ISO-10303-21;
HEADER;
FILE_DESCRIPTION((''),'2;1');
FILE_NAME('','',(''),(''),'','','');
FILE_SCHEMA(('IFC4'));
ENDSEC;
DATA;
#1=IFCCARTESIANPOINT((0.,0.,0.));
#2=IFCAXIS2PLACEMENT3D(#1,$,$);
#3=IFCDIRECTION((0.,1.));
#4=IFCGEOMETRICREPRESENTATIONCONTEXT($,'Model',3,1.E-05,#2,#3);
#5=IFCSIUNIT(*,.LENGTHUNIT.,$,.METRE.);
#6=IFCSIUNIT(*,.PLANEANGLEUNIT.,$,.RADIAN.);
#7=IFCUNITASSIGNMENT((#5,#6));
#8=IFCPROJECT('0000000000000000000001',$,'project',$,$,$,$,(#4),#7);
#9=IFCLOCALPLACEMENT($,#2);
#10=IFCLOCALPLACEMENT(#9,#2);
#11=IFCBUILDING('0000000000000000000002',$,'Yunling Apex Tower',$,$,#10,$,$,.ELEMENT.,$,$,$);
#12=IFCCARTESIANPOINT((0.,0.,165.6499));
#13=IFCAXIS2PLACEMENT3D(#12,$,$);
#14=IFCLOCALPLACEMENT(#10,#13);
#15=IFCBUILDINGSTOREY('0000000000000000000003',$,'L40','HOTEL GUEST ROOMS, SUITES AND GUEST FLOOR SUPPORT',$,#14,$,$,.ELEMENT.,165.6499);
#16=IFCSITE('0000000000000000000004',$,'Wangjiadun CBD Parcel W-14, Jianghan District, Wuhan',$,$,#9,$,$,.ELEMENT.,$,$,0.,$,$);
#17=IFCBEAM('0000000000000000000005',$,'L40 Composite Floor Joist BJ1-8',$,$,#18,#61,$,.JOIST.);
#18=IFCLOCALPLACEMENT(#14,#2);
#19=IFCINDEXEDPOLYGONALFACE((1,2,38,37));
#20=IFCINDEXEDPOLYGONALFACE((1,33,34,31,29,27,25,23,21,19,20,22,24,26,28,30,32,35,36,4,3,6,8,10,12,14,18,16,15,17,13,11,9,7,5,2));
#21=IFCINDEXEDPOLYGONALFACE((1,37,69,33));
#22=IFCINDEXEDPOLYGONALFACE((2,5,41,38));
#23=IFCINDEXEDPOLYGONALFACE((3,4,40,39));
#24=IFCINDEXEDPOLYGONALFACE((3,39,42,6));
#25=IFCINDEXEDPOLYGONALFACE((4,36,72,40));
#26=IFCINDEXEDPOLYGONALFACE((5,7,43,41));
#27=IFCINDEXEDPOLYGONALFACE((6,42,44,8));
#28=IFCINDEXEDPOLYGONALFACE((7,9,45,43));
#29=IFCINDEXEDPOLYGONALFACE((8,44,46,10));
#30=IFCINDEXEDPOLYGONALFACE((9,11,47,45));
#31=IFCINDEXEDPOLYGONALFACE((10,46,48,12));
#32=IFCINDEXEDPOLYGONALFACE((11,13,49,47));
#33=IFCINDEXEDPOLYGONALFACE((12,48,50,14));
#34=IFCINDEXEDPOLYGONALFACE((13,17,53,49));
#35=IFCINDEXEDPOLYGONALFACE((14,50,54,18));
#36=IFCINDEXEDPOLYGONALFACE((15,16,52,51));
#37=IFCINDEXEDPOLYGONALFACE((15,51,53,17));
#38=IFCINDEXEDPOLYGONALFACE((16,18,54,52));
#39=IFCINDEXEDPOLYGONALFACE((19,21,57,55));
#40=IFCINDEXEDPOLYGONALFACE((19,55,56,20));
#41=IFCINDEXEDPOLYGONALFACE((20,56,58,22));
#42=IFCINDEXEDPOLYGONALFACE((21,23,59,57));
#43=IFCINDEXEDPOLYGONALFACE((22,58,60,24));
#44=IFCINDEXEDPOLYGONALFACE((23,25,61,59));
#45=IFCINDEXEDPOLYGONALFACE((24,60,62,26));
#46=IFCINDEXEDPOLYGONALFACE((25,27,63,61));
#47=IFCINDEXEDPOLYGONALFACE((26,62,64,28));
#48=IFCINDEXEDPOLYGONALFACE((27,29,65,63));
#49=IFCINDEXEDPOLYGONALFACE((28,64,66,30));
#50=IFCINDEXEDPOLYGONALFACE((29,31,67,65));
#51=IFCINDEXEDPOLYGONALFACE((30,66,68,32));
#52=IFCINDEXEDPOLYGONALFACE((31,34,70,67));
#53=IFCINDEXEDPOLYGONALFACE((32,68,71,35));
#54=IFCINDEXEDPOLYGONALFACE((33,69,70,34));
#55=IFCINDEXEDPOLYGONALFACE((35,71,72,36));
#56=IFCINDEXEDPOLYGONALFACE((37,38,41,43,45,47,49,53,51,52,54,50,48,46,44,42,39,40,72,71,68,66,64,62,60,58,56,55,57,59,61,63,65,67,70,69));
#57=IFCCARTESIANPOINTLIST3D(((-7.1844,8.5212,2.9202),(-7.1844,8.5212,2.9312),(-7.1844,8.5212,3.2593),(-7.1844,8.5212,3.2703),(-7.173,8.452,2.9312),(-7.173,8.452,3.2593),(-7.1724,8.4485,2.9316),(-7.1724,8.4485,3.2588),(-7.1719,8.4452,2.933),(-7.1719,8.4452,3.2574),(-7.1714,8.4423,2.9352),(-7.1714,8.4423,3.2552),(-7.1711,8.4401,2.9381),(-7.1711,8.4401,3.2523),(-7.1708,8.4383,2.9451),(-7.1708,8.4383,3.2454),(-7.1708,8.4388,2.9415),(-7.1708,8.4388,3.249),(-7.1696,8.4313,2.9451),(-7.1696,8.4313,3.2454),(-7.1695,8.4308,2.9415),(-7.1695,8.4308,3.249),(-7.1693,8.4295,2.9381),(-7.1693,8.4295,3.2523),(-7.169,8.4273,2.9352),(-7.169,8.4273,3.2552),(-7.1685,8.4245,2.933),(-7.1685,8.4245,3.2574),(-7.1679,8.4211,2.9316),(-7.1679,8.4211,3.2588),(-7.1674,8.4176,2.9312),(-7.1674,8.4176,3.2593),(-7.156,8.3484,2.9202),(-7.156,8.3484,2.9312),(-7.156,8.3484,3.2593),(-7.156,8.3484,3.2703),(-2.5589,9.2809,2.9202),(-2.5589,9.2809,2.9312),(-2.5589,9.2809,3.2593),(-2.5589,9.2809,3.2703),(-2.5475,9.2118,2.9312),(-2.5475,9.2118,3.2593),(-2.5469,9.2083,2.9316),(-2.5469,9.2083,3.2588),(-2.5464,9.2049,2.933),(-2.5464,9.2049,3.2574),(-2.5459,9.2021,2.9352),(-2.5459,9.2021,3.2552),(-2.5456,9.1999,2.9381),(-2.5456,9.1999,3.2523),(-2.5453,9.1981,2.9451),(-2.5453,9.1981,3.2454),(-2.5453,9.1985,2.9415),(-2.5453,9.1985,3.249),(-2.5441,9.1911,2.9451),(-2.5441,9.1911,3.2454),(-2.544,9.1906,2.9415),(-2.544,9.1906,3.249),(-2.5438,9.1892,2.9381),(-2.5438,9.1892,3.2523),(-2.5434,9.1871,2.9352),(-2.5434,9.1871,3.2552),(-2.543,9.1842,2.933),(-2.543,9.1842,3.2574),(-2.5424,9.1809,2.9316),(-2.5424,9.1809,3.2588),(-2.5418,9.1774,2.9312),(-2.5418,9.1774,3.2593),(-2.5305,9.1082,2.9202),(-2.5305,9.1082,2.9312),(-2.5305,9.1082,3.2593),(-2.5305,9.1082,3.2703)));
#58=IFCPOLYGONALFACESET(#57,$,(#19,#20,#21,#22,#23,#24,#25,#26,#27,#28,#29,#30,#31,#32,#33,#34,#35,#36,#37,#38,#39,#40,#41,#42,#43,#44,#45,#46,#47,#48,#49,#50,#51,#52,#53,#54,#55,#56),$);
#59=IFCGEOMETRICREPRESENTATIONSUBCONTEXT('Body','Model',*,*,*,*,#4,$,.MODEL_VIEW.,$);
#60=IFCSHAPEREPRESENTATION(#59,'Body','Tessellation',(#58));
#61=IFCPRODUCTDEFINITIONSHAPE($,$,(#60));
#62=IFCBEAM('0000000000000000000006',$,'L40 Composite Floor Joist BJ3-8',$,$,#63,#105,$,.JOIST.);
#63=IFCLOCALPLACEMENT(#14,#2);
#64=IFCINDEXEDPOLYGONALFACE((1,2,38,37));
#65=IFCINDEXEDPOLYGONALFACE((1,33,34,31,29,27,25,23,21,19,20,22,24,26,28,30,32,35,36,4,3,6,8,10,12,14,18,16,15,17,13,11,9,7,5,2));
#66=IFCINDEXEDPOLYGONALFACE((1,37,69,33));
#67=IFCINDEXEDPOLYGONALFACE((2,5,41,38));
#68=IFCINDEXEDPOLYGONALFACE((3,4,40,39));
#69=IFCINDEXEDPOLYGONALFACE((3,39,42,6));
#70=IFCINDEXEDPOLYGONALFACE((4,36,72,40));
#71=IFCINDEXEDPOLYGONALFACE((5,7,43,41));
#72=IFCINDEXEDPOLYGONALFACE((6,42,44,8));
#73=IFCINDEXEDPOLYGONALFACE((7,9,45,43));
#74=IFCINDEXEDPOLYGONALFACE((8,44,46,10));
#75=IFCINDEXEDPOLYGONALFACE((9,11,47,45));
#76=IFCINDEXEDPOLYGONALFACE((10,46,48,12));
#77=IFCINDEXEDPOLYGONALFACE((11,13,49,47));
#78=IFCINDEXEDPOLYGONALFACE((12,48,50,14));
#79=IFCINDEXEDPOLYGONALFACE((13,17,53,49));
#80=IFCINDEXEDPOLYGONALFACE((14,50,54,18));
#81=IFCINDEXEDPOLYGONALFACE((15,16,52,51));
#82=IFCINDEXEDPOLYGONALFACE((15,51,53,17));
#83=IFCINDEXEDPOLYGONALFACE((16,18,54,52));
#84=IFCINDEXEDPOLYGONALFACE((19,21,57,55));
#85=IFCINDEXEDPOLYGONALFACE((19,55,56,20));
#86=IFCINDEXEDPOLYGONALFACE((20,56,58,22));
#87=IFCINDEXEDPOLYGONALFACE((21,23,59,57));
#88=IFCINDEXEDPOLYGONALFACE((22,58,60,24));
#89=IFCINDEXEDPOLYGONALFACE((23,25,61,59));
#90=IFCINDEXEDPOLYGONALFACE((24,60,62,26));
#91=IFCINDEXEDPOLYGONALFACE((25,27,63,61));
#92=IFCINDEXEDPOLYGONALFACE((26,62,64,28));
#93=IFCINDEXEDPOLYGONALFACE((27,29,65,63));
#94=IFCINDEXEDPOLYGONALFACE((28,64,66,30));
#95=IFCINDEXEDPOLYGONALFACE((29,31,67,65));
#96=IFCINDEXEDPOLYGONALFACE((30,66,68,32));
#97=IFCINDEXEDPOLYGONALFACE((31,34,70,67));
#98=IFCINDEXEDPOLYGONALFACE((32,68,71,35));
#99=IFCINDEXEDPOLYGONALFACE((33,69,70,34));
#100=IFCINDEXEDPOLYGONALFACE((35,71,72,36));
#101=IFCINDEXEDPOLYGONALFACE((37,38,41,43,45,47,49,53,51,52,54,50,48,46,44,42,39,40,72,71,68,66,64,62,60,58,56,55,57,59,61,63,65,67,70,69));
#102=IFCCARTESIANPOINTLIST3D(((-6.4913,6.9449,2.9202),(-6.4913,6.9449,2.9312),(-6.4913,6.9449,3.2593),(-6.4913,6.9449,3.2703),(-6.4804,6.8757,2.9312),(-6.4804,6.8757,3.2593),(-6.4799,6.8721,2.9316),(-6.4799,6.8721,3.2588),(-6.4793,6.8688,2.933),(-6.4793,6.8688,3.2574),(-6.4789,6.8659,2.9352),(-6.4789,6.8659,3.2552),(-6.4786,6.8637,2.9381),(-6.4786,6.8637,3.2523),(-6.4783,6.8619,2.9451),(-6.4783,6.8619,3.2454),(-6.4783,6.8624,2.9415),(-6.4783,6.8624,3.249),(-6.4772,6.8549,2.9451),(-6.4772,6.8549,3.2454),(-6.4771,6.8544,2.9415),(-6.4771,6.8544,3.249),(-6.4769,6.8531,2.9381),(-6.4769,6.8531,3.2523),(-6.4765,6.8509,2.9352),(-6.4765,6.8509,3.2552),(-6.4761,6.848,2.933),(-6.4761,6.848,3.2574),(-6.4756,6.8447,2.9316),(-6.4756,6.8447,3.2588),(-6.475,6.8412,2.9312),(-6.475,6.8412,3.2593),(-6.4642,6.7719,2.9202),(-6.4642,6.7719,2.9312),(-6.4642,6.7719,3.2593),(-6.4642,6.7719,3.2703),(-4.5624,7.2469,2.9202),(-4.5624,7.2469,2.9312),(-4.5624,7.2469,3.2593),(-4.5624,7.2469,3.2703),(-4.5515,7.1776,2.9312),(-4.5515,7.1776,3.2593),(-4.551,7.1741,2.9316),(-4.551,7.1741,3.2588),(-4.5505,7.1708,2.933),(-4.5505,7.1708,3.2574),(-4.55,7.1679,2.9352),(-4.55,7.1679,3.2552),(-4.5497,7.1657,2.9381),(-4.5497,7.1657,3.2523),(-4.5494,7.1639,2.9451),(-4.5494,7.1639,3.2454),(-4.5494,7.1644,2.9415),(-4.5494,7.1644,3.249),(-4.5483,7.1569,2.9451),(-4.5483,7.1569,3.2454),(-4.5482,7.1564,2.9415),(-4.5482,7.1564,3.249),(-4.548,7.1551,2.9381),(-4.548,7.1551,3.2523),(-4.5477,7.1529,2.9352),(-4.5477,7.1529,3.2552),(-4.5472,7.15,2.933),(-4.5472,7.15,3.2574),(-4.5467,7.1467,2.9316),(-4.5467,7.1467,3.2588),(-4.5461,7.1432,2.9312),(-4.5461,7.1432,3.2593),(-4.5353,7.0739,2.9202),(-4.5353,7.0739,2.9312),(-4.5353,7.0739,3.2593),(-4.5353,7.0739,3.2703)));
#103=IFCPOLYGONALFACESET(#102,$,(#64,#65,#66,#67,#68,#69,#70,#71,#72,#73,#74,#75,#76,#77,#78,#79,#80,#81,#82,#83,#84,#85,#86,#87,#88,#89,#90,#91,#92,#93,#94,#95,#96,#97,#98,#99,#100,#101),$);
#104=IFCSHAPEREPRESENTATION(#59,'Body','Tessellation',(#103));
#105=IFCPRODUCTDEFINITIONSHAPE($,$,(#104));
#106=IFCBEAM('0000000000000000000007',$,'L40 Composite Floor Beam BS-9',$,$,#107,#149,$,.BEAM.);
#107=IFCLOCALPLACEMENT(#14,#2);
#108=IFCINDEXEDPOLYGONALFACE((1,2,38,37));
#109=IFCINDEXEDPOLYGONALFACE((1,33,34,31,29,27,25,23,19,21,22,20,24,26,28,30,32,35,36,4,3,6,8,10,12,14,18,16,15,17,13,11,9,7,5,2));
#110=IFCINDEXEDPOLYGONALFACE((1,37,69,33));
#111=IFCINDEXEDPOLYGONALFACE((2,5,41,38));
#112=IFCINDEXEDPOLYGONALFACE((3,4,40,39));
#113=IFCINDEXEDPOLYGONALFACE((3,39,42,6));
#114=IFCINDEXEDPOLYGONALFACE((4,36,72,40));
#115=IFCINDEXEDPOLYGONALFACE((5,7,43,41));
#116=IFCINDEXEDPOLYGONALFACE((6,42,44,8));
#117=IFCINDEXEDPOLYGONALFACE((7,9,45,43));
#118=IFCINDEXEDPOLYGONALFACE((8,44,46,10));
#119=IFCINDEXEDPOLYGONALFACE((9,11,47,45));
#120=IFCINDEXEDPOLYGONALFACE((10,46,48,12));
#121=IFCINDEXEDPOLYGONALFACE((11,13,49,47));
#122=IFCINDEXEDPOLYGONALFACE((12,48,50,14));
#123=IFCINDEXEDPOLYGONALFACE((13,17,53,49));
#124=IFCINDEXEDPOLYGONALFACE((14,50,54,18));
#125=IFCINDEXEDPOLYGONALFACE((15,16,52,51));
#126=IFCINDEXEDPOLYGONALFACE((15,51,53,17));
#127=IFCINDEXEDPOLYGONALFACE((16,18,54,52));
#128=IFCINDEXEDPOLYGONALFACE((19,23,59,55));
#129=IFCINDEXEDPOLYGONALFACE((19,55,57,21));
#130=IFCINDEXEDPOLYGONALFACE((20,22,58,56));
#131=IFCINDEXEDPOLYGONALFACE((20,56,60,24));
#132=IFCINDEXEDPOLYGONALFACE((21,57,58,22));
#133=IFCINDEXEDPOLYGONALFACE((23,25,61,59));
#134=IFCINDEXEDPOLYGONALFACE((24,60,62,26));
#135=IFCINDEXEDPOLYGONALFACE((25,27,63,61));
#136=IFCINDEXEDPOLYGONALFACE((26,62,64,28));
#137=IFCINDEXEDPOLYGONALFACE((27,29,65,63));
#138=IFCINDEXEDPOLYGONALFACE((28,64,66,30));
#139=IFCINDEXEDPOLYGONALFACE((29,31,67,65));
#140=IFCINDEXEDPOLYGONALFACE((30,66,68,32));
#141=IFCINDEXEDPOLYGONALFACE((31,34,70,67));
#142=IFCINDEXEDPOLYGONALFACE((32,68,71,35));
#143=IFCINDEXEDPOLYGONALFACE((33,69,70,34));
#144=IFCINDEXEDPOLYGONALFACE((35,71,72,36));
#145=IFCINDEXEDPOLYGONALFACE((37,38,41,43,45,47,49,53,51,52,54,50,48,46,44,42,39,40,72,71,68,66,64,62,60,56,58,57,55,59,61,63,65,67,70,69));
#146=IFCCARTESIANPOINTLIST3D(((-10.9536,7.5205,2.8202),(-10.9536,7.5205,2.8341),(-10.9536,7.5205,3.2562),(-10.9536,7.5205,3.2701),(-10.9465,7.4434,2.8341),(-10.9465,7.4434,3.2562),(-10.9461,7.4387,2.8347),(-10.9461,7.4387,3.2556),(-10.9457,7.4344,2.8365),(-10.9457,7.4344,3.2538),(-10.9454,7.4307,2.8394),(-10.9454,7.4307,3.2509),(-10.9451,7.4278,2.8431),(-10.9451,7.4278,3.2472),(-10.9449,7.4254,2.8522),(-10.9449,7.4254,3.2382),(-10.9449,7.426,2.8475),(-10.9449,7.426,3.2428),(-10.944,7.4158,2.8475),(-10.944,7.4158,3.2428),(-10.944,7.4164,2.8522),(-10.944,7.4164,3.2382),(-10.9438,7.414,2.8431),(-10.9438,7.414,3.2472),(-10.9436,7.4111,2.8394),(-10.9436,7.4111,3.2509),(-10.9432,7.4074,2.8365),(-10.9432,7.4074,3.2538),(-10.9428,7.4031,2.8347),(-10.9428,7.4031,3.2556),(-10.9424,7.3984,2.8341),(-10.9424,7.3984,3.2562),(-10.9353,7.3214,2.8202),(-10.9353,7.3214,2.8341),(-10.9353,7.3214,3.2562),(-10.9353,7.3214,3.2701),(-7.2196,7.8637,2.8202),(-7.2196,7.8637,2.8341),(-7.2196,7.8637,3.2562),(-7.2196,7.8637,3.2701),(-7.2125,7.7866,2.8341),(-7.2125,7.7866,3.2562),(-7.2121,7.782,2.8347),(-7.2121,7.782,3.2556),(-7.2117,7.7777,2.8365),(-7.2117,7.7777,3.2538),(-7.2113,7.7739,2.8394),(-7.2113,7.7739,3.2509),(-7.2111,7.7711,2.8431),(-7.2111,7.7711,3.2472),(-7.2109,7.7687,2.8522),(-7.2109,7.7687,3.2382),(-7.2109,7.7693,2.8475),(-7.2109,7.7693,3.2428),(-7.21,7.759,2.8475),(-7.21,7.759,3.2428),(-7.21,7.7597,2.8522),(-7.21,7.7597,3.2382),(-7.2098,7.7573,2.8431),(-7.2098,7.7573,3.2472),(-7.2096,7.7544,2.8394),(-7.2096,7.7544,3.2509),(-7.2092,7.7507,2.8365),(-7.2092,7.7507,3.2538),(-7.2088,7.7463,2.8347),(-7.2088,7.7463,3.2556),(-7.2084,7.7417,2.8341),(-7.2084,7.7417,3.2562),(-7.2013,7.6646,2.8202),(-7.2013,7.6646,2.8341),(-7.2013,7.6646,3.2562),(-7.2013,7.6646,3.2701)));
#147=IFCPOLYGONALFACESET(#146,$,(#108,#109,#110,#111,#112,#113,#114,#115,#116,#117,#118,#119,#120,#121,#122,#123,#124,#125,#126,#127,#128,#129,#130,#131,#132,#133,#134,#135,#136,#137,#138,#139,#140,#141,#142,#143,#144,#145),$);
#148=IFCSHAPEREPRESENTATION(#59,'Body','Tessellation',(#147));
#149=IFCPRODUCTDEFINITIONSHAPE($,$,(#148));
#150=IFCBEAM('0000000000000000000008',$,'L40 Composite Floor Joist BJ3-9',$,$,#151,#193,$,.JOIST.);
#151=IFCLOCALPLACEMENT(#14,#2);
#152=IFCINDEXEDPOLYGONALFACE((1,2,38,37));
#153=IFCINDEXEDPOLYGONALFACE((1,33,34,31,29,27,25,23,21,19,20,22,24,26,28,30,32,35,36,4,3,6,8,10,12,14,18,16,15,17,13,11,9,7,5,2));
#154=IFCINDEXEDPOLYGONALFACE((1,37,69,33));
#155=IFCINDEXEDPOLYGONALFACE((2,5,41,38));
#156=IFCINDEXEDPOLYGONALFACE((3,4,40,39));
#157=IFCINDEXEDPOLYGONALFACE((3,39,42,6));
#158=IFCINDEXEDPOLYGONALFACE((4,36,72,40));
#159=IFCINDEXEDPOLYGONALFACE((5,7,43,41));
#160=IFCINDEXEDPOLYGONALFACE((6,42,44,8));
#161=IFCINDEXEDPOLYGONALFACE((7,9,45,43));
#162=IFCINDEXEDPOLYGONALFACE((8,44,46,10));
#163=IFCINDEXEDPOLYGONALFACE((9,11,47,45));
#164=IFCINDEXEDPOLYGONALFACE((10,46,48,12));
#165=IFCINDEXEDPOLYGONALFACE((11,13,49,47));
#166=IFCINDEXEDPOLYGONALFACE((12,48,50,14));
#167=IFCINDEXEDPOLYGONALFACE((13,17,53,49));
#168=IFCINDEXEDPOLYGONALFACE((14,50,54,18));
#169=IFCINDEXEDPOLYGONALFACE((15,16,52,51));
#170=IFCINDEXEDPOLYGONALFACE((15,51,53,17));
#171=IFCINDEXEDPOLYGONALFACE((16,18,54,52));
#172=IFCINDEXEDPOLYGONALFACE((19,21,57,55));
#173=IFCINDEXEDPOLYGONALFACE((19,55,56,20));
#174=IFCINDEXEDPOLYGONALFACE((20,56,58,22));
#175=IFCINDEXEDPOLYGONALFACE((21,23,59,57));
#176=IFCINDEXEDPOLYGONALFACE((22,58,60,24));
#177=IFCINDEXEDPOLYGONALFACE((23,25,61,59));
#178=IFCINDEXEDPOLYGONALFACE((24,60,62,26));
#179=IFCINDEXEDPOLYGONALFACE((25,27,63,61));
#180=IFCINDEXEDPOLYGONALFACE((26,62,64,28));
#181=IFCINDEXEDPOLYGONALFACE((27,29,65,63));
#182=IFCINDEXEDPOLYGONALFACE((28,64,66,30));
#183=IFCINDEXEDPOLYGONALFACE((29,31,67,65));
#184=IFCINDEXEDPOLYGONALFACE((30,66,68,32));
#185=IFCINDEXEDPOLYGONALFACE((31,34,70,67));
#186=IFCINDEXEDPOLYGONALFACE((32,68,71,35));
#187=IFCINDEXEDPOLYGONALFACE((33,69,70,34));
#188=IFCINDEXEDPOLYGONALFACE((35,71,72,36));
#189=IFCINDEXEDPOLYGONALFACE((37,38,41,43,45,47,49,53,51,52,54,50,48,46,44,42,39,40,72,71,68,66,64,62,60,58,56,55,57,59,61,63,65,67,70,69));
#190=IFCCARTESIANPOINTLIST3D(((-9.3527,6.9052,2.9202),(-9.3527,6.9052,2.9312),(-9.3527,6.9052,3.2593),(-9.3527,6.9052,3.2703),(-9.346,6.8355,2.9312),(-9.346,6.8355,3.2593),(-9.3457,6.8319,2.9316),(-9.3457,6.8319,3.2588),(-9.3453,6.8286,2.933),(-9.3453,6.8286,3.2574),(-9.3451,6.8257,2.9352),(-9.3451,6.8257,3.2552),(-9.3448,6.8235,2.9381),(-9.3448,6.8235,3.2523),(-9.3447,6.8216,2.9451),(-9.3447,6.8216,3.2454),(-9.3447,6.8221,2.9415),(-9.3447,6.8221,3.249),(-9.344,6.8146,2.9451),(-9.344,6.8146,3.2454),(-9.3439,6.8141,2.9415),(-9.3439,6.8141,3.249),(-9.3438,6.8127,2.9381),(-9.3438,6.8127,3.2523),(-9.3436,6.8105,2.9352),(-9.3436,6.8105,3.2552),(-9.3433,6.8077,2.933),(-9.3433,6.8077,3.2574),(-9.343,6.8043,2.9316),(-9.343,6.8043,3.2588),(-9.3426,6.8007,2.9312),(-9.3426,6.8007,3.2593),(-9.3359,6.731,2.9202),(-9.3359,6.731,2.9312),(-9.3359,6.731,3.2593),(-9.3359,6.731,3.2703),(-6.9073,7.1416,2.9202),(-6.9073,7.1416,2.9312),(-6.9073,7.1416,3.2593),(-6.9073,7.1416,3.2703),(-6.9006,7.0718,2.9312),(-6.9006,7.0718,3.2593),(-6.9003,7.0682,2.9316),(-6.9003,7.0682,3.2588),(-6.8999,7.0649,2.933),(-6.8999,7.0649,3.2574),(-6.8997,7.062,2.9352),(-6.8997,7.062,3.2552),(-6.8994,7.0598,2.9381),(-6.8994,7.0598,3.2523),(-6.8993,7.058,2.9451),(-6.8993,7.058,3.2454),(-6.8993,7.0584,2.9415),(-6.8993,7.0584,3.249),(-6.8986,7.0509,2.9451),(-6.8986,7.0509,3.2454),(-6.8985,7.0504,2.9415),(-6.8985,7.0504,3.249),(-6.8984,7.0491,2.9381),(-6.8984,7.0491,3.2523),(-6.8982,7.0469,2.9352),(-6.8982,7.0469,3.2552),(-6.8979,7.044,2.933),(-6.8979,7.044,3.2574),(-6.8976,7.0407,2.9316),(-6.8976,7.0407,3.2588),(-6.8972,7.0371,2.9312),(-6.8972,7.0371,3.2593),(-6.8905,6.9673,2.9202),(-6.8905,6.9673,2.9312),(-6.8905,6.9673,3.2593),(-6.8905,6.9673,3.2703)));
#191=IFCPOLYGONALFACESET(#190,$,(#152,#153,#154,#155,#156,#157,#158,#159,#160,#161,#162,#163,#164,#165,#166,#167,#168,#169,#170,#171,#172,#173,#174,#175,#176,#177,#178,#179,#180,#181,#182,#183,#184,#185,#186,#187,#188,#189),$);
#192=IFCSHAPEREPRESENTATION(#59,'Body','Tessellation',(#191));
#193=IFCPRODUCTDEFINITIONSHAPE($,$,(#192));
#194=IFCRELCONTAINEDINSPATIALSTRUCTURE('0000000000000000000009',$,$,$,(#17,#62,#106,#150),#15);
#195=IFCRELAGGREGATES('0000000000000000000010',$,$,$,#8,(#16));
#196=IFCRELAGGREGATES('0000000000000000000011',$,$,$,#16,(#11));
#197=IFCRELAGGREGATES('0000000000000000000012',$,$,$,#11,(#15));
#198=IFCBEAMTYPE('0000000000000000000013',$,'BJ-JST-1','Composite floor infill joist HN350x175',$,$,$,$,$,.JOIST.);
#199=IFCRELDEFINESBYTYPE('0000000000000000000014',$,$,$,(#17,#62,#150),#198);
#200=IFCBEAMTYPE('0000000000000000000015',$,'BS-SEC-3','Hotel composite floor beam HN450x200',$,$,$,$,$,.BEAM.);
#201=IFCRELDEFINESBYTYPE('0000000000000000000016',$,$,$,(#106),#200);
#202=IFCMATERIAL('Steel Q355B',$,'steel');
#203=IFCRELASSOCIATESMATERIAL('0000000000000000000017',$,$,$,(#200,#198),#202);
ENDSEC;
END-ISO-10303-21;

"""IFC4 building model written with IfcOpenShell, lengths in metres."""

from ifc_helpers import new_model, si_unit, direction, frame, origin, origin_2d, place, context, subcontext, project, spatial, i_section, extrude, source, transform, mapped, material, material_profile, profile_set, type_object, element, save


model = new_model("IFC4")

# Units and contexts
model_context = context("Model", 3, precision=1e-05, world=origin(), true_north=direction((0.0, 1.0)))
body_context = subcontext(model_context, "Body", "Model", "MODEL_VIEW")
ifc_project = project(units=[si_unit("LENGTHUNIT", "METRE"), si_unit("PLANEANGLEUNIT", "RADIAN")], contexts=[model_context])

# Site, building, storey
site_placement = place(None, origin())
site = spatial("IfcSite", under=ifc_project, at=site_placement, Name="Wangjiadun CBD Parcel W-14, Jianghan District, Wuhan", CompositionType="ELEMENT", RefElevation=0.0)
building_placement = place(site_placement, origin())
building = spatial("IfcBuilding", under=site, at=building_placement, Name="Yunling Apex Tower", CompositionType="ELEMENT")
storey_placement = place(building_placement, frame((0.0, 0.0, 165.6499)))
storey = spatial("IfcBuildingStorey", under=building, at=storey_placement, Name="L40", Description="HOTEL GUEST ROOMS, SUITES AND GUEST FLOOR SUPPORT", CompositionType="ELEMENT", Elevation=165.6499)

# Beams
ifc_material_1 = material(Name="Steel Q355B", Category="steel")
ifc_material_profile_1 = material_profile(ifc_material_1, i_section(OverallWidth=0.2, OverallDepth=0.45, WebThickness=0.009, FlangeThickness=0.0139, FilletRadius=0.0181, at=origin_2d()))
ifc_profile_set_1 = profile_set([ifc_material_profile_1], Name="Steel Q355B")
beam_type_1 = type_object("IfcBeamType", Name="BS-SEC-3", Description="Hotel composite floor beam HN450x200", PredefinedType="BEAM", material=ifc_profile_set_1)
ifc_material_profile_2 = material_profile(ifc_material_1, i_section(OverallWidth=0.175, OverallDepth=0.3501, WebThickness=0.0071, FlangeThickness=0.011, FilletRadius=0.0139, at=origin_2d()))
ifc_profile_set_2 = profile_set([ifc_material_profile_2], Name="Steel Q355B")
beam_type_2 = type_object("IfcBeamType", Name="BJ-JST-1", Description="Composite floor infill joist HN350x175", PredefinedType="JOIST", material=ifc_profile_set_2)
shared_shape_1 = source(origin(), body_context, "Body", "SweptSolid", [
    extrude(i_section(OverallWidth=0.175, OverallDepth=0.3501, WebThickness=0.0071, FlangeThickness=0.011, FilletRadius=0.0139, at=origin_2d()), origin(), (0.0, 0.0, 1.0), 4.6875),
])
beam_1_placement = place(storey_placement, frame((-2.5447, 9.1946, 3.0952), z_axis=(-0.986777, -0.162084, 0.0), x_axis=(0.162084, -0.986777, 0.0)))
element("IfcBeam", 1, at=beam_1_placement, inside=storey, type_object=beam_type_2, Name="L40 Composite Floor Joist BJ1-8", PredefinedType="JOIST", context=body_context, shape_type="MappedRepresentation", body=[
    mapped(shared_shape_1, transform((0.0, 0.0, 0.0), scale=1.0)),
])
shared_shape_2 = source(origin(), body_context, "Body", "SweptSolid", [
    extrude(i_section(OverallWidth=0.175, OverallDepth=0.3501, WebThickness=0.0071, FlangeThickness=0.011, FilletRadius=0.0139, at=origin_2d()), origin(), (0.0, 0.0, 1.0), 1.9524),
])
beam_2_placement = place(storey_placement, frame((-4.5488, 7.1604, 3.0952), z_axis=(-0.987965, -0.154678, 0.0), x_axis=(0.154678, -0.987965, 0.0)))
element("IfcBeam", 2, at=beam_2_placement, inside=storey, type_object=beam_type_2, Name="L40 Composite Floor Joist BJ3-8", PredefinedType="JOIST", context=body_context, shape_type="MappedRepresentation", body=[
    mapped(shared_shape_2, transform((0.0, 0.0, 0.0), scale=1.0)),
])
shared_shape_3 = source(origin(), body_context, "Body", "SweptSolid", [
    extrude(i_section(OverallWidth=0.2, OverallDepth=0.45, WebThickness=0.009, FlangeThickness=0.0139, FilletRadius=0.0181, at=origin_2d()), origin(), (0.0, 0.0, 1.0), 3.7498),
])
beam_3_placement = place(storey_placement, frame((-7.2104, 7.7642, 3.0452), z_axis=(-0.995801, -0.09154, 0.0), x_axis=(0.09154, -0.995801, 0.0)))
element("IfcBeam", 3, at=beam_3_placement, inside=storey, type_object=beam_type_1, Name="L40 Composite Floor Beam BS-9", PredefinedType="BEAM", context=body_context, shape_type="MappedRepresentation", body=[
    mapped(shared_shape_3, transform((0.0, 0.0, 0.0), scale=1.0)),
])
shared_shape_4 = source(origin(), body_context, "Body", "SweptSolid", [
    extrude(i_section(OverallWidth=0.175, OverallDepth=0.3501, WebThickness=0.0071, FlangeThickness=0.011, FilletRadius=0.0139, at=origin_2d()), origin(), (0.0, 0.0, 1.0), 2.4568),
])
beam_4_placement = place(storey_placement, frame((-6.8989, 7.0544, 3.0952), z_axis=(-0.995362, -0.096197, 0.0), x_axis=(0.096197, -0.995362, 0.0)))
element("IfcBeam", 4, at=beam_4_placement, inside=storey, type_object=beam_type_2, Name="L40 Composite Floor Joist BJ3-9", PredefinedType="JOIST", context=body_context, shape_type="MappedRepresentation", body=[
    mapped(shared_shape_4, transform((0.0, 0.0, 0.0), scale=1.0)),
])

save(model, "model.ifc")
